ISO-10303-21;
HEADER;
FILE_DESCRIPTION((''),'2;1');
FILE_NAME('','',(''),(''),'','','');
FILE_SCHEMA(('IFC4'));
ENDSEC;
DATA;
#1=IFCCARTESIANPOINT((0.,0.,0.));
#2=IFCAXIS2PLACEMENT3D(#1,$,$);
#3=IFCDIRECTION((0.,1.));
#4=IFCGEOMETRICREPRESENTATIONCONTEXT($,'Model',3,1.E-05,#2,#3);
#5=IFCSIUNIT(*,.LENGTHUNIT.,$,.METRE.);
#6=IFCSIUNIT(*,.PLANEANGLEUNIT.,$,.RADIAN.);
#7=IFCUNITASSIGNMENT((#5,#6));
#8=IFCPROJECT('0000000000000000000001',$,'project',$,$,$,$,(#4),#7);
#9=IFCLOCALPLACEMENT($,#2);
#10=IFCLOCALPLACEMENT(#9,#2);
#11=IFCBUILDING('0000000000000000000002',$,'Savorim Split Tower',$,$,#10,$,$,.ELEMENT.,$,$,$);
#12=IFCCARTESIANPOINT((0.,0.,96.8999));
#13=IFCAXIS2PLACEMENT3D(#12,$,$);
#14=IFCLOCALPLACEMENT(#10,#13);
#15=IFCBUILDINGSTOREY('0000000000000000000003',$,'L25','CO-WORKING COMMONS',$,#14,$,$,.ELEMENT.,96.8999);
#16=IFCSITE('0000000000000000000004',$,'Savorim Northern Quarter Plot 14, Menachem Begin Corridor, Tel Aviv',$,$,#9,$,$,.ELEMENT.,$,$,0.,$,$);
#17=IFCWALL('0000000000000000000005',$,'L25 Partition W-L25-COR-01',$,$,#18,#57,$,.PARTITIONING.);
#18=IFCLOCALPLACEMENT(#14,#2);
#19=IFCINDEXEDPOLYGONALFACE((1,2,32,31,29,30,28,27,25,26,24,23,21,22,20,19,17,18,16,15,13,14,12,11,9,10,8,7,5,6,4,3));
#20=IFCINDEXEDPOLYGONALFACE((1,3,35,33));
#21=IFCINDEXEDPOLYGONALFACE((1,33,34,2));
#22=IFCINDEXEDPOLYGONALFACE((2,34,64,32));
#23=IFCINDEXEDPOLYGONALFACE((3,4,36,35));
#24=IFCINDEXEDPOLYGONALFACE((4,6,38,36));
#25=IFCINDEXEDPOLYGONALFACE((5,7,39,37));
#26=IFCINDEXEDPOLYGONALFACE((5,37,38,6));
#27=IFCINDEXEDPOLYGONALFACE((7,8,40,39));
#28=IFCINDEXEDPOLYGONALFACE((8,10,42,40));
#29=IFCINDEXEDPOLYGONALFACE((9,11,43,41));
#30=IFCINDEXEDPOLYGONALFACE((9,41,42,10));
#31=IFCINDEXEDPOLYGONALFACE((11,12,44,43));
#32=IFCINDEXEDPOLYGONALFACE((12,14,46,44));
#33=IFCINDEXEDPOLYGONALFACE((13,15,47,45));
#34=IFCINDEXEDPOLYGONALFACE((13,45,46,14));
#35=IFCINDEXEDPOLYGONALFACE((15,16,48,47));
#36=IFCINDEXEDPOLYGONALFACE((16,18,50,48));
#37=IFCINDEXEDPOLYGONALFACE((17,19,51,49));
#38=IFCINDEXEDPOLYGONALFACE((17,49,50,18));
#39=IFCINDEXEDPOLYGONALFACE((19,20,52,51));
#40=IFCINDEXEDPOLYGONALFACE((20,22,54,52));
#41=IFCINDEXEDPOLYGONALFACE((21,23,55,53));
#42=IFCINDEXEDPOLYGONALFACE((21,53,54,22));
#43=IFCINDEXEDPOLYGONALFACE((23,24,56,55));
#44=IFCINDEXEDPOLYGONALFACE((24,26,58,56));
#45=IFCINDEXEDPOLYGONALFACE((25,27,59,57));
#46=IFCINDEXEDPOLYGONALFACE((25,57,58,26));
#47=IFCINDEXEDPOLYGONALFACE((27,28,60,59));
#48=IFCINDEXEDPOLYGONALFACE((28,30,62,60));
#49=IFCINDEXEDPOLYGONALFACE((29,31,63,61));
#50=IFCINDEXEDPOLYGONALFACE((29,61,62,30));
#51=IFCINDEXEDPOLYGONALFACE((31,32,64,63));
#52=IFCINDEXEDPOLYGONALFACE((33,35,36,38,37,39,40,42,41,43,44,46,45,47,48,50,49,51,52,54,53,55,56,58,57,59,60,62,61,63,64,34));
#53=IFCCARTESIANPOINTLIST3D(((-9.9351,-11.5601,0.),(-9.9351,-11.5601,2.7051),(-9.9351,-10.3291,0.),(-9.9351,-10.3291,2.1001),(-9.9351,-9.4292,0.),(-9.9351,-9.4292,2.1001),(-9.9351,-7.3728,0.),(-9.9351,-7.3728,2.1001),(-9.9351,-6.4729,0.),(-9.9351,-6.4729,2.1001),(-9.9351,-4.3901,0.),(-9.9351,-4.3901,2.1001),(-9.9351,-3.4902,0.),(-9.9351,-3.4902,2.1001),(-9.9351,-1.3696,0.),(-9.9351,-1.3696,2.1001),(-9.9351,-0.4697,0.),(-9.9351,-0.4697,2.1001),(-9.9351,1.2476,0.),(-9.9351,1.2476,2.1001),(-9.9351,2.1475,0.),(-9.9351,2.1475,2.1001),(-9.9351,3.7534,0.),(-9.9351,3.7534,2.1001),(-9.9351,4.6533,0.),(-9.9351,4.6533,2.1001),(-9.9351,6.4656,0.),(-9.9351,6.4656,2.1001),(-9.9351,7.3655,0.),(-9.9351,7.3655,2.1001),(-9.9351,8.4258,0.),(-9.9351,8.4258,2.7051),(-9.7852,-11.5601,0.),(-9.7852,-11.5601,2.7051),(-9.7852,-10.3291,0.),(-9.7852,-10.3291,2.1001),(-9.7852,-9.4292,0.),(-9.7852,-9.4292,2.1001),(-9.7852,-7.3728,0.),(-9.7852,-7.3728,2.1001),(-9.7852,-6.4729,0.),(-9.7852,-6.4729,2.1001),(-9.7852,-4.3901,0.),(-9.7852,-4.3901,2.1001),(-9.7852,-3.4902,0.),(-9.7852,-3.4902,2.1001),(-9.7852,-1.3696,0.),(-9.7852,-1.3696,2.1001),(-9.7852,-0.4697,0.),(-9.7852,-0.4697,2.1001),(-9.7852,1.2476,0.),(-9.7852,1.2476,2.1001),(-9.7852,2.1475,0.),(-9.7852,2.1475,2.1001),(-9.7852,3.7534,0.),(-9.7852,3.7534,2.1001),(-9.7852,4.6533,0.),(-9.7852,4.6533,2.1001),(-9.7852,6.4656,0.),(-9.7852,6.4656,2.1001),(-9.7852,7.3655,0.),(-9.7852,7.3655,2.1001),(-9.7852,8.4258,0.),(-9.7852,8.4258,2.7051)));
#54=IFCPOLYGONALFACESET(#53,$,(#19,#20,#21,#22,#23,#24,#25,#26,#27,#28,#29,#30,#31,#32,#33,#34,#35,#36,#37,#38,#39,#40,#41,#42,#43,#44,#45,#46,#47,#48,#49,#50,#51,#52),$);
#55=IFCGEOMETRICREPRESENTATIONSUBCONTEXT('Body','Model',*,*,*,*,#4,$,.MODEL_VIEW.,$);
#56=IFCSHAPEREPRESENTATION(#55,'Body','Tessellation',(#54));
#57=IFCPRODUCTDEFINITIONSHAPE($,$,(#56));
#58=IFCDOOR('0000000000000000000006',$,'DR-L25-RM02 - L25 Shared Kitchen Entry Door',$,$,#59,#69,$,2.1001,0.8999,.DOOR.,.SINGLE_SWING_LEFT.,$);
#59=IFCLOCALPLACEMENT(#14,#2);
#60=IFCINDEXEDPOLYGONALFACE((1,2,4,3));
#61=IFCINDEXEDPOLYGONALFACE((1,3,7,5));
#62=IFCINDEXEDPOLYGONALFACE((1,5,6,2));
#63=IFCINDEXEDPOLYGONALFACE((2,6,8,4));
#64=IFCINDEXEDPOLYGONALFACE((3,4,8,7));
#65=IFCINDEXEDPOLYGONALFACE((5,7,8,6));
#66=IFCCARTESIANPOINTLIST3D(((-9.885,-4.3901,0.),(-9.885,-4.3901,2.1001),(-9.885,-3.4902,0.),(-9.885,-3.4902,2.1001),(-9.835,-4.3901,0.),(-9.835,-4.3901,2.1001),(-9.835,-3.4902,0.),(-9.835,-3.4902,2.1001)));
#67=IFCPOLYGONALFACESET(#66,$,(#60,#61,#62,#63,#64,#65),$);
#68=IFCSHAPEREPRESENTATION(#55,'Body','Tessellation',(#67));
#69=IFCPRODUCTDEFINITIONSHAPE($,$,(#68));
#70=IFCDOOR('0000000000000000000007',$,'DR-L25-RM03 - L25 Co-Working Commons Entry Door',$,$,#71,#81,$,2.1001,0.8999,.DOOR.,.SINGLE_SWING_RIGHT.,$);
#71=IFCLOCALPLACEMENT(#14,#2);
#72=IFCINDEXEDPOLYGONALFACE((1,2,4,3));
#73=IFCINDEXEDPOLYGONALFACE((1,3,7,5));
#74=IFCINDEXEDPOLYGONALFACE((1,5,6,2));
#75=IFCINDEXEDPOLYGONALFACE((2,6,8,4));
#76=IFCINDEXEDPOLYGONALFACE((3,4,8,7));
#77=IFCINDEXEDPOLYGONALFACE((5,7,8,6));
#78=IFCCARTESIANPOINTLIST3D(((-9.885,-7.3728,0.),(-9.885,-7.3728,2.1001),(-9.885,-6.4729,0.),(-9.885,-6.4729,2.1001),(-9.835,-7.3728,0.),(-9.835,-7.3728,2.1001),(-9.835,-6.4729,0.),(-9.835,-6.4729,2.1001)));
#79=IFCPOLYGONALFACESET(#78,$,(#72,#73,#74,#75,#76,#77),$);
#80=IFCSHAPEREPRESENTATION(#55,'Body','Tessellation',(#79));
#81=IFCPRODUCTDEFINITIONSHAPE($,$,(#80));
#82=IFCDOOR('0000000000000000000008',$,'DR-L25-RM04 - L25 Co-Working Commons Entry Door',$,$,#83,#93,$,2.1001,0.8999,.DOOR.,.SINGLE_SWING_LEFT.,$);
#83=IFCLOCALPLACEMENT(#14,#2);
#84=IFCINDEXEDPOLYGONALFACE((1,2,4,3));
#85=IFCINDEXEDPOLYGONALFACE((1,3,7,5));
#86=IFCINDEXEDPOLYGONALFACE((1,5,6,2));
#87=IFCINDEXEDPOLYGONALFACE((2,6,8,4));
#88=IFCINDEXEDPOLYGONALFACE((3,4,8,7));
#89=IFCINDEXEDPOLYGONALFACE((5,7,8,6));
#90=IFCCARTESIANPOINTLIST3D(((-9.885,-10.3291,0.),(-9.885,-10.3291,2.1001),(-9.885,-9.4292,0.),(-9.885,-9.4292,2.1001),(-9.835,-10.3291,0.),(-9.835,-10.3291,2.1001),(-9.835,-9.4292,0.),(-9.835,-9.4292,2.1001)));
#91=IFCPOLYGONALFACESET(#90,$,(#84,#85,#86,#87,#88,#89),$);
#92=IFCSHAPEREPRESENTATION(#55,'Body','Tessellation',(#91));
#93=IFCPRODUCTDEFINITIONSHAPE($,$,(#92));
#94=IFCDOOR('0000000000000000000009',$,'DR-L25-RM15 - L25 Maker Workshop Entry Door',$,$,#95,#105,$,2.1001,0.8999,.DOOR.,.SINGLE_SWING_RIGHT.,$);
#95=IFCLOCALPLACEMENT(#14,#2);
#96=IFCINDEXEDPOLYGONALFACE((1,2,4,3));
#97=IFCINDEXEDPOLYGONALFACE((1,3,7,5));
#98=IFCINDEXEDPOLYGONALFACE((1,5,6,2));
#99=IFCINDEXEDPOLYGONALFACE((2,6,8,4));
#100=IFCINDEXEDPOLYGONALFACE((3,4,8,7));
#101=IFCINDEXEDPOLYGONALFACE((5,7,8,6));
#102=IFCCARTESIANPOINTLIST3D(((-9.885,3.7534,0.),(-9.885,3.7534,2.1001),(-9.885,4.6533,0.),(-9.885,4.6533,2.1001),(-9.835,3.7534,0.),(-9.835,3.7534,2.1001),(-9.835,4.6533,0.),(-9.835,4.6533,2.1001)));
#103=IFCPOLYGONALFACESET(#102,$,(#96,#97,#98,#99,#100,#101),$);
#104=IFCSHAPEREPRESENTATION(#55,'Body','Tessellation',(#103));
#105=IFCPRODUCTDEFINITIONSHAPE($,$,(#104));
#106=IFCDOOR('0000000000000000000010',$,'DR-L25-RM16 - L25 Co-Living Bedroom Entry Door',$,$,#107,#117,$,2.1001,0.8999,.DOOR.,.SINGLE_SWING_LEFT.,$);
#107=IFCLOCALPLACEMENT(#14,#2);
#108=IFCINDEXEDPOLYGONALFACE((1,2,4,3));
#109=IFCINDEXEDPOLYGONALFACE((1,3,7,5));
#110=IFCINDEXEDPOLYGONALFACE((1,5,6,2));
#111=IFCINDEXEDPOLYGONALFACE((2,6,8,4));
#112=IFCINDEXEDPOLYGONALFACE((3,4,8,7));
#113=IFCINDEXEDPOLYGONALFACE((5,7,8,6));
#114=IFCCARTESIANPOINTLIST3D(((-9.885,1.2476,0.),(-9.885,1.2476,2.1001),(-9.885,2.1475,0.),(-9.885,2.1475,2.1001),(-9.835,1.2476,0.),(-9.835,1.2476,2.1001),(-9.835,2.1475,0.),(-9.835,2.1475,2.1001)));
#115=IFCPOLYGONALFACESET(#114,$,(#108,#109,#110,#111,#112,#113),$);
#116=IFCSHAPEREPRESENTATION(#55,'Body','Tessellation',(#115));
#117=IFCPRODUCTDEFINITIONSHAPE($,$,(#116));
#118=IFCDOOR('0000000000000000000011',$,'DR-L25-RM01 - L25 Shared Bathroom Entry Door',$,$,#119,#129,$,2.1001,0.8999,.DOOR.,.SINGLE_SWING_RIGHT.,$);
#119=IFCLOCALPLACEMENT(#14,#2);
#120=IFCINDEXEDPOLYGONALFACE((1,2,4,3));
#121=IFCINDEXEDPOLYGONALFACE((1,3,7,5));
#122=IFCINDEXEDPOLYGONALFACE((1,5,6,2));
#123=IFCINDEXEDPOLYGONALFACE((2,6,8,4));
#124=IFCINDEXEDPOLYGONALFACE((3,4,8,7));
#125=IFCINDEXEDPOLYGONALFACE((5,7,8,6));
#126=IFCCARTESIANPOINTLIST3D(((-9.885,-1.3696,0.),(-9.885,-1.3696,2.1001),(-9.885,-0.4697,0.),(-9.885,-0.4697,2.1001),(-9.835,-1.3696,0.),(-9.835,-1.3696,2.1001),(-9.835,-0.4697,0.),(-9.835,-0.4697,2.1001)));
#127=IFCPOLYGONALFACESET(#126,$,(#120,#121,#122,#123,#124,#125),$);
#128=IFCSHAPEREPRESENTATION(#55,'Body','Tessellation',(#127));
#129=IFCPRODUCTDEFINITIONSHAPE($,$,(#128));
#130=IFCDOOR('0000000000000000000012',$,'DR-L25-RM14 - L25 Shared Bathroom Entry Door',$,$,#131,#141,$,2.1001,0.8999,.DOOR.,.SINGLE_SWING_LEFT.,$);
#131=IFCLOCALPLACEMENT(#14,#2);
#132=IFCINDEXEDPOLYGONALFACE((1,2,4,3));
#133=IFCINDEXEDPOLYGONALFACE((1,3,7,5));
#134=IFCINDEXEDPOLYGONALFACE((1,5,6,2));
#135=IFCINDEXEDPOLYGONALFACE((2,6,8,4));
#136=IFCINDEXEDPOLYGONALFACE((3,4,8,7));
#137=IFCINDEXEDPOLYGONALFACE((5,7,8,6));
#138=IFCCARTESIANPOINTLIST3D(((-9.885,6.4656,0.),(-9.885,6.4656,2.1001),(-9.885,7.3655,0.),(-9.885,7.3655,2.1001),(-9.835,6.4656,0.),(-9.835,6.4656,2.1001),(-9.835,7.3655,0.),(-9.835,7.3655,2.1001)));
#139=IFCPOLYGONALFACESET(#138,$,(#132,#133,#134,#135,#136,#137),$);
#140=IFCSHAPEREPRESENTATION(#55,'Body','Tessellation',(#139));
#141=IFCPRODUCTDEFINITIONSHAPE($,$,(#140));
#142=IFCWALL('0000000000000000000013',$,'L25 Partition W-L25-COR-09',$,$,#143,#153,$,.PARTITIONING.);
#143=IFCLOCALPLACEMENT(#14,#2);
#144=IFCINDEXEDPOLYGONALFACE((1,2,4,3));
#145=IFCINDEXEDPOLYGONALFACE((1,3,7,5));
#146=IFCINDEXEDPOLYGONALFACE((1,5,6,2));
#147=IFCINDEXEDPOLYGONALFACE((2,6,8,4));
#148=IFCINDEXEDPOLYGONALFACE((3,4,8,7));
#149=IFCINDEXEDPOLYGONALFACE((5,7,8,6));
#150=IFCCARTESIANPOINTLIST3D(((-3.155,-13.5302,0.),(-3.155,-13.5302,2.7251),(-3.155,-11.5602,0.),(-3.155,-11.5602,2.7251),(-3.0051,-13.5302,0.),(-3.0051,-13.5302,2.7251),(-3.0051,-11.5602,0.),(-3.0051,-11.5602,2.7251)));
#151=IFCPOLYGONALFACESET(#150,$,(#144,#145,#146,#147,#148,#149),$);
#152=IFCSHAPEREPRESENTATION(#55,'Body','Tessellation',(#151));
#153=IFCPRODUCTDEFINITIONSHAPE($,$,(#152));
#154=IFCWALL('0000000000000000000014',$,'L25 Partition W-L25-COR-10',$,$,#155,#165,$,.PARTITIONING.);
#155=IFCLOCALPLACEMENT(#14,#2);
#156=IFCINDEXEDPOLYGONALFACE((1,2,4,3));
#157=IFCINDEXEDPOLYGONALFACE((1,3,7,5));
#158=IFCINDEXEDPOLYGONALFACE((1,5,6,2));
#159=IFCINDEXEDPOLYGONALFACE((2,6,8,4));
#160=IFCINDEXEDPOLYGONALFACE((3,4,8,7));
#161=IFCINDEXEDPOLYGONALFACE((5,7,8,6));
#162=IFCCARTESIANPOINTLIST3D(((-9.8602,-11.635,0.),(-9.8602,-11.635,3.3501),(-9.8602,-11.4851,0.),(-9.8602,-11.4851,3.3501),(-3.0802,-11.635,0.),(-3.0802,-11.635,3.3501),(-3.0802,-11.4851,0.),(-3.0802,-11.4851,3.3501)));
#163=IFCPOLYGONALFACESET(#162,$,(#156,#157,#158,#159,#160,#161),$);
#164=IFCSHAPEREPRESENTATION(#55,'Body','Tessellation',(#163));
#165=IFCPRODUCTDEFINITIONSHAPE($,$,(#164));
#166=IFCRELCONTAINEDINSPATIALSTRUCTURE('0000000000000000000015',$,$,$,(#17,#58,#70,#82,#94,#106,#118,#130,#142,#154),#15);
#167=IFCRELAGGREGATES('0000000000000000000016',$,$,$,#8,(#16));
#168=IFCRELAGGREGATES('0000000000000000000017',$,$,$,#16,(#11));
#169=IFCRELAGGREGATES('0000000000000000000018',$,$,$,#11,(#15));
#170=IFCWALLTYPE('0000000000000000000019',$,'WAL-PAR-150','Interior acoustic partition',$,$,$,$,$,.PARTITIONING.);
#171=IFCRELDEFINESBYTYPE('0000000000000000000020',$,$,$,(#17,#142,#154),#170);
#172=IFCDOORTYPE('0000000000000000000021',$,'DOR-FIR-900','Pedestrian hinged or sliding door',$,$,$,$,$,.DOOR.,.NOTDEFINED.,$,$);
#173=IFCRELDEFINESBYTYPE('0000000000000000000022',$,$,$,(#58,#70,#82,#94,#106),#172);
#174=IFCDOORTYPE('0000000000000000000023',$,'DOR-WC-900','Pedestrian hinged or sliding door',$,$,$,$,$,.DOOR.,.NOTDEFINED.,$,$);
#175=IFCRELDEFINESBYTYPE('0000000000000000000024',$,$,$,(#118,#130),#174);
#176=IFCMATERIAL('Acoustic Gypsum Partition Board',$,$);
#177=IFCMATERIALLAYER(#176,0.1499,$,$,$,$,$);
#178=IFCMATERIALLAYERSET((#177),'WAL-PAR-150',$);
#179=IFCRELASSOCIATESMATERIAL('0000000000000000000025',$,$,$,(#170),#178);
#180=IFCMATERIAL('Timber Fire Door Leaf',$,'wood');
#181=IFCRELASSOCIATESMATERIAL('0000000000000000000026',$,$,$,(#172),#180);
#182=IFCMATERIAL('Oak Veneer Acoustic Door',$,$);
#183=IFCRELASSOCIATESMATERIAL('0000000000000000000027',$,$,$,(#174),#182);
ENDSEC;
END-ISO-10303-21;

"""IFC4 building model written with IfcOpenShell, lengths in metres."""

from ifc_helpers import new_model, si_unit, direction, frame, frame_2d, origin, place, context, subcontext, project, spatial, rectangle, extrude, material, layer, layer_set, type_object, element, fill, save


model = new_model("IFC4")

# Units and contexts
model_context = context("Model", 3, precision=1e-05, world=origin(), true_north=direction((0.0, 1.0)))
body_context = subcontext(model_context, "Body", "Model", "MODEL_VIEW")
ifc_project = project(units=[si_unit("LENGTHUNIT", "METRE"), si_unit("PLANEANGLEUNIT", "RADIAN")], contexts=[model_context])

# Site, building, storey
site_placement = place(None, origin())
site = spatial("IfcSite", under=ifc_project, at=site_placement, Name="Savorim Northern Quarter Plot 14, Menachem Begin Corridor, Tel Aviv", CompositionType="ELEMENT", RefElevation=0.0)
building_placement = place(site_placement, origin())
building = spatial("IfcBuilding", under=site, at=building_placement, Name="Savorim Split Tower", CompositionType="ELEMENT")
storey_placement = place(building_placement, frame((0.0, 0.0, 96.8999)))
storey = spatial("IfcBuildingStorey", under=building, at=storey_placement, Name="L25", Description="CO-WORKING COMMONS", CompositionType="ELEMENT", Elevation=96.8999)

# Wall, openings, doors
ifc_material_1 = material(Name="Acoustic Gypsum Partition Board")
ifc_layer_1 = layer(ifc_material_1, 0.1499)
ifc_layer_set_1 = layer_set([ifc_layer_1], Name="WAL-PAR-150")
wall_type = type_object("IfcWallType", Name="WAL-PAR-150", Description="Interior acoustic partition", PredefinedType="PARTITIONING", material=ifc_layer_set_1)
wall_1_placement = place(storey_placement, frame((-9.8601, -11.5601, 0.0), z_axis=(0.0, 0.0, 1.0), x_axis=(0.0, 1.0, 0.0)))
wall_1 = element("IfcWall", 1, at=wall_1_placement, inside=storey, type_object=wall_type, Name="L25 Partition W-L25-COR-01", PredefinedType="PARTITIONING", context=body_context, shape_type="SweptSolid", body=[
    extrude(rectangle(XDim=19.9858, YDim=0.1499, at=frame_2d((9.9929, 0.0))), origin(), (0.0, 0.0, 1.0), 2.7051),
])
opening_1_placement = place(wall_1_placement, frame((10.1904, 0.0, 0.0)))
opening_1 = element("IfcOpeningElement", 2, at=opening_1_placement, cuts=wall_1, PredefinedType="OPENING", context=body_context, shape_type="SweptSolid", body=[
    extrude(rectangle(XDim=0.8999, YDim=2.1001, at=frame_2d((0.45, 1.05))), frame((0.0, 0.085, 0.0), z_axis=(0.0, -1.0, 0.0), x_axis=(1.0, 0.0, 0.0)), (0.0, 0.0, 1.0), 0.1699),
])
opening_2_placement = place(wall_1_placement, frame((7.1699, 0.0, 0.0)))
opening_2 = element("IfcOpeningElement", 3, at=opening_2_placement, cuts=wall_1, PredefinedType="OPENING", context=body_context, shape_type="SweptSolid", body=[
    extrude(rectangle(XDim=0.8999, YDim=2.1001, at=frame_2d((0.45, 1.05))), frame((0.0, 0.085, 0.0), z_axis=(0.0, -1.0, 0.0), x_axis=(1.0, 0.0, 0.0)), (0.0, 0.0, 1.0), 0.1699),
])
opening_3_placement = place(wall_1_placement, frame((4.1873, 0.0, 0.0)))
opening_3 = element("IfcOpeningElement", 4, at=opening_3_placement, cuts=wall_1, PredefinedType="OPENING", context=body_context, shape_type="SweptSolid", body=[
    extrude(rectangle(XDim=0.8999, YDim=2.1001, at=frame_2d((0.45, 1.05))), frame((0.0, 0.085, 0.0), z_axis=(0.0, -1.0, 0.0), x_axis=(1.0, 0.0, 0.0)), (0.0, 0.0, 1.0), 0.1699),
])
opening_4_placement = place(wall_1_placement, frame((1.231, 0.0, 0.0)))
opening_4 = element("IfcOpeningElement", 5, at=opening_4_placement, cuts=wall_1, PredefinedType="OPENING", context=body_context, shape_type="SweptSolid", body=[
    extrude(rectangle(XDim=0.8999, YDim=2.1001, at=frame_2d((0.45, 1.05))), frame((0.0, 0.085, 0.0), z_axis=(0.0, -1.0, 0.0), x_axis=(1.0, 0.0, 0.0)), (0.0, 0.0, 1.0), 0.1699),
])
opening_5_placement = place(wall_1_placement, frame((18.0256, 0.0, 0.0)))
opening_5 = element("IfcOpeningElement", 6, at=opening_5_placement, cuts=wall_1, PredefinedType="OPENING", context=body_context, shape_type="SweptSolid", body=[
    extrude(rectangle(XDim=0.8999, YDim=2.1001, at=frame_2d((0.45, 1.05))), frame((0.0, 0.085, 0.0), z_axis=(0.0, -1.0, 0.0), x_axis=(1.0, 0.0, 0.0)), (0.0, 0.0, 1.0), 0.1699),
])
opening_6_placement = place(wall_1_placement, frame((15.3135, 0.0, 0.0)))
opening_6 = element("IfcOpeningElement", 7, at=opening_6_placement, cuts=wall_1, PredefinedType="OPENING", context=body_context, shape_type="SweptSolid", body=[
    extrude(rectangle(XDim=0.8999, YDim=2.1001, at=frame_2d((0.45, 1.05))), frame((0.0, 0.085, 0.0), z_axis=(0.0, -1.0, 0.0), x_axis=(1.0, 0.0, 0.0)), (0.0, 0.0, 1.0), 0.1699),
])
opening_7_placement = place(wall_1_placement, frame((12.8076, 0.0, 0.0)))
opening_7 = element("IfcOpeningElement", 8, at=opening_7_placement, cuts=wall_1, PredefinedType="OPENING", context=body_context, shape_type="SweptSolid", body=[
    extrude(rectangle(XDim=0.8999, YDim=2.1001, at=frame_2d((0.45, 1.05))), frame((0.0, 0.085, 0.0), z_axis=(0.0, -1.0, 0.0), x_axis=(1.0, 0.0, 0.0)), (0.0, 0.0, 1.0), 0.1699),
])
ifc_material_2 = material(Name="Timber Fire Door Leaf", Category="wood")
door_type_1 = type_object("IfcDoorType", Name="DOR-FIR-900", Description="Pedestrian hinged or sliding door", OperationType="NOTDEFINED", PredefinedType="DOOR", material=ifc_material_2)
door_1_placement = place(opening_2_placement, origin())
door_1 = element("IfcDoor", 9, at=door_1_placement, inside=storey, type_object=door_type_1, Name="DR-L25-RM02 - L25 Shared Kitchen Entry Door", OperationType="SINGLE_SWING_LEFT", OverallHeight=2.1001, OverallWidth=0.8999, PredefinedType="DOOR", context=body_context, shape_type="SweptSolid", body=[
    extrude(rectangle(XDim=0.8999, YDim=2.1001, at=frame_2d((0.45, 1.05))), frame((0.0, 0.0249, 0.0), z_axis=(0.0, -1.0, 0.0), x_axis=(1.0, 0.0, 0.0)), (0.0, 0.0, 1.0), 0.05),
])
fill(opening_2, door_1)
door_2_placement = place(opening_3_placement, origin())
door_2 = element("IfcDoor", 10, at=door_2_placement, inside=storey, type_object=door_type_1, Name="DR-L25-RM03 - L25 Co-Working Commons Entry Door", OperationType="SINGLE_SWING_RIGHT", OverallHeight=2.1001, OverallWidth=0.8999, PredefinedType="DOOR", context=body_context, shape_type="SweptSolid", body=[
    extrude(rectangle(XDim=0.8999, YDim=2.1001, at=frame_2d((0.45, 1.05))), frame((0.0, 0.0249, 0.0), z_axis=(0.0, -1.0, 0.0), x_axis=(1.0, 0.0, 0.0)), (0.0, 0.0, 1.0), 0.05),
])
fill(opening_3, door_2)
door_3_placement = place(opening_4_placement, origin())
door_3 = element("IfcDoor", 11, at=door_3_placement, inside=storey, type_object=door_type_1, Name="DR-L25-RM04 - L25 Co-Working Commons Entry Door", OperationType="SINGLE_SWING_LEFT", OverallHeight=2.1001, OverallWidth=0.8999, PredefinedType="DOOR", context=body_context, shape_type="SweptSolid", body=[
    extrude(rectangle(XDim=0.8999, YDim=2.1001, at=frame_2d((0.45, 1.05))), frame((0.0, 0.0249, 0.0), z_axis=(0.0, -1.0, 0.0), x_axis=(1.0, 0.0, 0.0)), (0.0, 0.0, 1.0), 0.05),
])
fill(opening_4, door_3)
door_4_placement = place(opening_6_placement, origin())
door_4 = element("IfcDoor", 12, at=door_4_placement, inside=storey, type_object=door_type_1, Name="DR-L25-RM15 - L25 Maker Workshop Entry Door", OperationType="SINGLE_SWING_RIGHT", OverallHeight=2.1001, OverallWidth=0.8999, PredefinedType="DOOR", context=body_context, shape_type="SweptSolid", body=[
    extrude(rectangle(XDim=0.8999, YDim=2.1001, at=frame_2d((0.45, 1.05))), frame((0.0, 0.0249, 0.0), z_axis=(0.0, -1.0, 0.0), x_axis=(1.0, 0.0, 0.0)), (0.0, 0.0, 1.0), 0.05),
])
fill(opening_6, door_4)
door_5_placement = place(opening_7_placement, origin())
door_5 = element("IfcDoor", 13, at=door_5_placement, inside=storey, type_object=door_type_1, Name="DR-L25-RM16 - L25 Co-Living Bedroom Entry Door", OperationType="SINGLE_SWING_LEFT", OverallHeight=2.1001, OverallWidth=0.8999, PredefinedType="DOOR", context=body_context, shape_type="SweptSolid", body=[
    extrude(rectangle(XDim=0.8999, YDim=2.1001, at=frame_2d((0.45, 1.05))), frame((0.0, 0.0249, 0.0), z_axis=(0.0, -1.0, 0.0), x_axis=(1.0, 0.0, 0.0)), (0.0, 0.0, 1.0), 0.05),
])
fill(opening_7, door_5)
ifc_material_3 = material(Name="Oak Veneer Acoustic Door")
door_type_2 = type_object("IfcDoorType", Name="DOR-WC-900", Description="Pedestrian hinged or sliding door", OperationType="NOTDEFINED", PredefinedType="DOOR", material=ifc_material_3)
door_6_placement = place(opening_1_placement, origin())
door_6 = element("IfcDoor", 14, at=door_6_placement, inside=storey, type_object=door_type_2, Name="DR-L25-RM01 - L25 Shared Bathroom Entry Door", OperationType="SINGLE_SWING_RIGHT", OverallHeight=2.1001, OverallWidth=0.8999, PredefinedType="DOOR", context=body_context, shape_type="SweptSolid", body=[
    extrude(rectangle(XDim=0.8999, YDim=2.1001, at=frame_2d((0.45, 1.05))), frame((0.0, 0.0249, 0.0), z_axis=(0.0, -1.0, 0.0), x_axis=(1.0, 0.0, 0.0)), (0.0, 0.0, 1.0), 0.05),
])
fill(opening_1, door_6)
door_7_placement = place(opening_5_placement, origin())
door_7 = element("IfcDoor", 15, at=door_7_placement, inside=storey, type_object=door_type_2, Name="DR-L25-RM14 - L25 Shared Bathroom Entry Door", OperationType="SINGLE_SWING_LEFT", OverallHeight=2.1001, OverallWidth=0.8999, PredefinedType="DOOR", context=body_context, shape_type="SweptSolid", body=[
    extrude(rectangle(XDim=0.8999, YDim=2.1001, at=frame_2d((0.45, 1.05))), frame((0.0, 0.0249, 0.0), z_axis=(0.0, -1.0, 0.0), x_axis=(1.0, 0.0, 0.0)), (0.0, 0.0, 1.0), 0.05),
])
fill(opening_5, door_7)

# Walls
wall_2_placement = place(storey_placement, frame((-3.0801, -13.53, 0.0), z_axis=(0.0, 0.0, 1.0), x_axis=(0.0, 1.0, 0.0)))
element("IfcWall", 16, at=wall_2_placement, inside=storey, type_object=wall_type, Name="L25 Partition W-L25-COR-09", PredefinedType="PARTITIONING", context=body_context, shape_type="SweptSolid", body=[
    extrude(rectangle(XDim=1.97, YDim=0.1499, at=frame_2d((0.9849, 0.0))), origin(), (0.0, 0.0, 1.0), 2.7251),
])
wall_3_placement = place(storey_placement, frame((-3.0801, -11.5601, 0.0), z_axis=(0.0, 0.0, 1.0), x_axis=(-1.0, 0.0, 0.0)))
element("IfcWall", 17, at=wall_3_placement, inside=storey, type_object=wall_type, Name="L25 Partition W-L25-COR-10", PredefinedType="PARTITIONING", context=body_context, shape_type="SweptSolid", body=[
    extrude(rectangle(XDim=6.78, YDim=0.1499, at=frame_2d((3.3901, 0.0))), origin(), (0.0, 0.0, 1.0), 3.3501),
])

save(model, "model.ifc")
